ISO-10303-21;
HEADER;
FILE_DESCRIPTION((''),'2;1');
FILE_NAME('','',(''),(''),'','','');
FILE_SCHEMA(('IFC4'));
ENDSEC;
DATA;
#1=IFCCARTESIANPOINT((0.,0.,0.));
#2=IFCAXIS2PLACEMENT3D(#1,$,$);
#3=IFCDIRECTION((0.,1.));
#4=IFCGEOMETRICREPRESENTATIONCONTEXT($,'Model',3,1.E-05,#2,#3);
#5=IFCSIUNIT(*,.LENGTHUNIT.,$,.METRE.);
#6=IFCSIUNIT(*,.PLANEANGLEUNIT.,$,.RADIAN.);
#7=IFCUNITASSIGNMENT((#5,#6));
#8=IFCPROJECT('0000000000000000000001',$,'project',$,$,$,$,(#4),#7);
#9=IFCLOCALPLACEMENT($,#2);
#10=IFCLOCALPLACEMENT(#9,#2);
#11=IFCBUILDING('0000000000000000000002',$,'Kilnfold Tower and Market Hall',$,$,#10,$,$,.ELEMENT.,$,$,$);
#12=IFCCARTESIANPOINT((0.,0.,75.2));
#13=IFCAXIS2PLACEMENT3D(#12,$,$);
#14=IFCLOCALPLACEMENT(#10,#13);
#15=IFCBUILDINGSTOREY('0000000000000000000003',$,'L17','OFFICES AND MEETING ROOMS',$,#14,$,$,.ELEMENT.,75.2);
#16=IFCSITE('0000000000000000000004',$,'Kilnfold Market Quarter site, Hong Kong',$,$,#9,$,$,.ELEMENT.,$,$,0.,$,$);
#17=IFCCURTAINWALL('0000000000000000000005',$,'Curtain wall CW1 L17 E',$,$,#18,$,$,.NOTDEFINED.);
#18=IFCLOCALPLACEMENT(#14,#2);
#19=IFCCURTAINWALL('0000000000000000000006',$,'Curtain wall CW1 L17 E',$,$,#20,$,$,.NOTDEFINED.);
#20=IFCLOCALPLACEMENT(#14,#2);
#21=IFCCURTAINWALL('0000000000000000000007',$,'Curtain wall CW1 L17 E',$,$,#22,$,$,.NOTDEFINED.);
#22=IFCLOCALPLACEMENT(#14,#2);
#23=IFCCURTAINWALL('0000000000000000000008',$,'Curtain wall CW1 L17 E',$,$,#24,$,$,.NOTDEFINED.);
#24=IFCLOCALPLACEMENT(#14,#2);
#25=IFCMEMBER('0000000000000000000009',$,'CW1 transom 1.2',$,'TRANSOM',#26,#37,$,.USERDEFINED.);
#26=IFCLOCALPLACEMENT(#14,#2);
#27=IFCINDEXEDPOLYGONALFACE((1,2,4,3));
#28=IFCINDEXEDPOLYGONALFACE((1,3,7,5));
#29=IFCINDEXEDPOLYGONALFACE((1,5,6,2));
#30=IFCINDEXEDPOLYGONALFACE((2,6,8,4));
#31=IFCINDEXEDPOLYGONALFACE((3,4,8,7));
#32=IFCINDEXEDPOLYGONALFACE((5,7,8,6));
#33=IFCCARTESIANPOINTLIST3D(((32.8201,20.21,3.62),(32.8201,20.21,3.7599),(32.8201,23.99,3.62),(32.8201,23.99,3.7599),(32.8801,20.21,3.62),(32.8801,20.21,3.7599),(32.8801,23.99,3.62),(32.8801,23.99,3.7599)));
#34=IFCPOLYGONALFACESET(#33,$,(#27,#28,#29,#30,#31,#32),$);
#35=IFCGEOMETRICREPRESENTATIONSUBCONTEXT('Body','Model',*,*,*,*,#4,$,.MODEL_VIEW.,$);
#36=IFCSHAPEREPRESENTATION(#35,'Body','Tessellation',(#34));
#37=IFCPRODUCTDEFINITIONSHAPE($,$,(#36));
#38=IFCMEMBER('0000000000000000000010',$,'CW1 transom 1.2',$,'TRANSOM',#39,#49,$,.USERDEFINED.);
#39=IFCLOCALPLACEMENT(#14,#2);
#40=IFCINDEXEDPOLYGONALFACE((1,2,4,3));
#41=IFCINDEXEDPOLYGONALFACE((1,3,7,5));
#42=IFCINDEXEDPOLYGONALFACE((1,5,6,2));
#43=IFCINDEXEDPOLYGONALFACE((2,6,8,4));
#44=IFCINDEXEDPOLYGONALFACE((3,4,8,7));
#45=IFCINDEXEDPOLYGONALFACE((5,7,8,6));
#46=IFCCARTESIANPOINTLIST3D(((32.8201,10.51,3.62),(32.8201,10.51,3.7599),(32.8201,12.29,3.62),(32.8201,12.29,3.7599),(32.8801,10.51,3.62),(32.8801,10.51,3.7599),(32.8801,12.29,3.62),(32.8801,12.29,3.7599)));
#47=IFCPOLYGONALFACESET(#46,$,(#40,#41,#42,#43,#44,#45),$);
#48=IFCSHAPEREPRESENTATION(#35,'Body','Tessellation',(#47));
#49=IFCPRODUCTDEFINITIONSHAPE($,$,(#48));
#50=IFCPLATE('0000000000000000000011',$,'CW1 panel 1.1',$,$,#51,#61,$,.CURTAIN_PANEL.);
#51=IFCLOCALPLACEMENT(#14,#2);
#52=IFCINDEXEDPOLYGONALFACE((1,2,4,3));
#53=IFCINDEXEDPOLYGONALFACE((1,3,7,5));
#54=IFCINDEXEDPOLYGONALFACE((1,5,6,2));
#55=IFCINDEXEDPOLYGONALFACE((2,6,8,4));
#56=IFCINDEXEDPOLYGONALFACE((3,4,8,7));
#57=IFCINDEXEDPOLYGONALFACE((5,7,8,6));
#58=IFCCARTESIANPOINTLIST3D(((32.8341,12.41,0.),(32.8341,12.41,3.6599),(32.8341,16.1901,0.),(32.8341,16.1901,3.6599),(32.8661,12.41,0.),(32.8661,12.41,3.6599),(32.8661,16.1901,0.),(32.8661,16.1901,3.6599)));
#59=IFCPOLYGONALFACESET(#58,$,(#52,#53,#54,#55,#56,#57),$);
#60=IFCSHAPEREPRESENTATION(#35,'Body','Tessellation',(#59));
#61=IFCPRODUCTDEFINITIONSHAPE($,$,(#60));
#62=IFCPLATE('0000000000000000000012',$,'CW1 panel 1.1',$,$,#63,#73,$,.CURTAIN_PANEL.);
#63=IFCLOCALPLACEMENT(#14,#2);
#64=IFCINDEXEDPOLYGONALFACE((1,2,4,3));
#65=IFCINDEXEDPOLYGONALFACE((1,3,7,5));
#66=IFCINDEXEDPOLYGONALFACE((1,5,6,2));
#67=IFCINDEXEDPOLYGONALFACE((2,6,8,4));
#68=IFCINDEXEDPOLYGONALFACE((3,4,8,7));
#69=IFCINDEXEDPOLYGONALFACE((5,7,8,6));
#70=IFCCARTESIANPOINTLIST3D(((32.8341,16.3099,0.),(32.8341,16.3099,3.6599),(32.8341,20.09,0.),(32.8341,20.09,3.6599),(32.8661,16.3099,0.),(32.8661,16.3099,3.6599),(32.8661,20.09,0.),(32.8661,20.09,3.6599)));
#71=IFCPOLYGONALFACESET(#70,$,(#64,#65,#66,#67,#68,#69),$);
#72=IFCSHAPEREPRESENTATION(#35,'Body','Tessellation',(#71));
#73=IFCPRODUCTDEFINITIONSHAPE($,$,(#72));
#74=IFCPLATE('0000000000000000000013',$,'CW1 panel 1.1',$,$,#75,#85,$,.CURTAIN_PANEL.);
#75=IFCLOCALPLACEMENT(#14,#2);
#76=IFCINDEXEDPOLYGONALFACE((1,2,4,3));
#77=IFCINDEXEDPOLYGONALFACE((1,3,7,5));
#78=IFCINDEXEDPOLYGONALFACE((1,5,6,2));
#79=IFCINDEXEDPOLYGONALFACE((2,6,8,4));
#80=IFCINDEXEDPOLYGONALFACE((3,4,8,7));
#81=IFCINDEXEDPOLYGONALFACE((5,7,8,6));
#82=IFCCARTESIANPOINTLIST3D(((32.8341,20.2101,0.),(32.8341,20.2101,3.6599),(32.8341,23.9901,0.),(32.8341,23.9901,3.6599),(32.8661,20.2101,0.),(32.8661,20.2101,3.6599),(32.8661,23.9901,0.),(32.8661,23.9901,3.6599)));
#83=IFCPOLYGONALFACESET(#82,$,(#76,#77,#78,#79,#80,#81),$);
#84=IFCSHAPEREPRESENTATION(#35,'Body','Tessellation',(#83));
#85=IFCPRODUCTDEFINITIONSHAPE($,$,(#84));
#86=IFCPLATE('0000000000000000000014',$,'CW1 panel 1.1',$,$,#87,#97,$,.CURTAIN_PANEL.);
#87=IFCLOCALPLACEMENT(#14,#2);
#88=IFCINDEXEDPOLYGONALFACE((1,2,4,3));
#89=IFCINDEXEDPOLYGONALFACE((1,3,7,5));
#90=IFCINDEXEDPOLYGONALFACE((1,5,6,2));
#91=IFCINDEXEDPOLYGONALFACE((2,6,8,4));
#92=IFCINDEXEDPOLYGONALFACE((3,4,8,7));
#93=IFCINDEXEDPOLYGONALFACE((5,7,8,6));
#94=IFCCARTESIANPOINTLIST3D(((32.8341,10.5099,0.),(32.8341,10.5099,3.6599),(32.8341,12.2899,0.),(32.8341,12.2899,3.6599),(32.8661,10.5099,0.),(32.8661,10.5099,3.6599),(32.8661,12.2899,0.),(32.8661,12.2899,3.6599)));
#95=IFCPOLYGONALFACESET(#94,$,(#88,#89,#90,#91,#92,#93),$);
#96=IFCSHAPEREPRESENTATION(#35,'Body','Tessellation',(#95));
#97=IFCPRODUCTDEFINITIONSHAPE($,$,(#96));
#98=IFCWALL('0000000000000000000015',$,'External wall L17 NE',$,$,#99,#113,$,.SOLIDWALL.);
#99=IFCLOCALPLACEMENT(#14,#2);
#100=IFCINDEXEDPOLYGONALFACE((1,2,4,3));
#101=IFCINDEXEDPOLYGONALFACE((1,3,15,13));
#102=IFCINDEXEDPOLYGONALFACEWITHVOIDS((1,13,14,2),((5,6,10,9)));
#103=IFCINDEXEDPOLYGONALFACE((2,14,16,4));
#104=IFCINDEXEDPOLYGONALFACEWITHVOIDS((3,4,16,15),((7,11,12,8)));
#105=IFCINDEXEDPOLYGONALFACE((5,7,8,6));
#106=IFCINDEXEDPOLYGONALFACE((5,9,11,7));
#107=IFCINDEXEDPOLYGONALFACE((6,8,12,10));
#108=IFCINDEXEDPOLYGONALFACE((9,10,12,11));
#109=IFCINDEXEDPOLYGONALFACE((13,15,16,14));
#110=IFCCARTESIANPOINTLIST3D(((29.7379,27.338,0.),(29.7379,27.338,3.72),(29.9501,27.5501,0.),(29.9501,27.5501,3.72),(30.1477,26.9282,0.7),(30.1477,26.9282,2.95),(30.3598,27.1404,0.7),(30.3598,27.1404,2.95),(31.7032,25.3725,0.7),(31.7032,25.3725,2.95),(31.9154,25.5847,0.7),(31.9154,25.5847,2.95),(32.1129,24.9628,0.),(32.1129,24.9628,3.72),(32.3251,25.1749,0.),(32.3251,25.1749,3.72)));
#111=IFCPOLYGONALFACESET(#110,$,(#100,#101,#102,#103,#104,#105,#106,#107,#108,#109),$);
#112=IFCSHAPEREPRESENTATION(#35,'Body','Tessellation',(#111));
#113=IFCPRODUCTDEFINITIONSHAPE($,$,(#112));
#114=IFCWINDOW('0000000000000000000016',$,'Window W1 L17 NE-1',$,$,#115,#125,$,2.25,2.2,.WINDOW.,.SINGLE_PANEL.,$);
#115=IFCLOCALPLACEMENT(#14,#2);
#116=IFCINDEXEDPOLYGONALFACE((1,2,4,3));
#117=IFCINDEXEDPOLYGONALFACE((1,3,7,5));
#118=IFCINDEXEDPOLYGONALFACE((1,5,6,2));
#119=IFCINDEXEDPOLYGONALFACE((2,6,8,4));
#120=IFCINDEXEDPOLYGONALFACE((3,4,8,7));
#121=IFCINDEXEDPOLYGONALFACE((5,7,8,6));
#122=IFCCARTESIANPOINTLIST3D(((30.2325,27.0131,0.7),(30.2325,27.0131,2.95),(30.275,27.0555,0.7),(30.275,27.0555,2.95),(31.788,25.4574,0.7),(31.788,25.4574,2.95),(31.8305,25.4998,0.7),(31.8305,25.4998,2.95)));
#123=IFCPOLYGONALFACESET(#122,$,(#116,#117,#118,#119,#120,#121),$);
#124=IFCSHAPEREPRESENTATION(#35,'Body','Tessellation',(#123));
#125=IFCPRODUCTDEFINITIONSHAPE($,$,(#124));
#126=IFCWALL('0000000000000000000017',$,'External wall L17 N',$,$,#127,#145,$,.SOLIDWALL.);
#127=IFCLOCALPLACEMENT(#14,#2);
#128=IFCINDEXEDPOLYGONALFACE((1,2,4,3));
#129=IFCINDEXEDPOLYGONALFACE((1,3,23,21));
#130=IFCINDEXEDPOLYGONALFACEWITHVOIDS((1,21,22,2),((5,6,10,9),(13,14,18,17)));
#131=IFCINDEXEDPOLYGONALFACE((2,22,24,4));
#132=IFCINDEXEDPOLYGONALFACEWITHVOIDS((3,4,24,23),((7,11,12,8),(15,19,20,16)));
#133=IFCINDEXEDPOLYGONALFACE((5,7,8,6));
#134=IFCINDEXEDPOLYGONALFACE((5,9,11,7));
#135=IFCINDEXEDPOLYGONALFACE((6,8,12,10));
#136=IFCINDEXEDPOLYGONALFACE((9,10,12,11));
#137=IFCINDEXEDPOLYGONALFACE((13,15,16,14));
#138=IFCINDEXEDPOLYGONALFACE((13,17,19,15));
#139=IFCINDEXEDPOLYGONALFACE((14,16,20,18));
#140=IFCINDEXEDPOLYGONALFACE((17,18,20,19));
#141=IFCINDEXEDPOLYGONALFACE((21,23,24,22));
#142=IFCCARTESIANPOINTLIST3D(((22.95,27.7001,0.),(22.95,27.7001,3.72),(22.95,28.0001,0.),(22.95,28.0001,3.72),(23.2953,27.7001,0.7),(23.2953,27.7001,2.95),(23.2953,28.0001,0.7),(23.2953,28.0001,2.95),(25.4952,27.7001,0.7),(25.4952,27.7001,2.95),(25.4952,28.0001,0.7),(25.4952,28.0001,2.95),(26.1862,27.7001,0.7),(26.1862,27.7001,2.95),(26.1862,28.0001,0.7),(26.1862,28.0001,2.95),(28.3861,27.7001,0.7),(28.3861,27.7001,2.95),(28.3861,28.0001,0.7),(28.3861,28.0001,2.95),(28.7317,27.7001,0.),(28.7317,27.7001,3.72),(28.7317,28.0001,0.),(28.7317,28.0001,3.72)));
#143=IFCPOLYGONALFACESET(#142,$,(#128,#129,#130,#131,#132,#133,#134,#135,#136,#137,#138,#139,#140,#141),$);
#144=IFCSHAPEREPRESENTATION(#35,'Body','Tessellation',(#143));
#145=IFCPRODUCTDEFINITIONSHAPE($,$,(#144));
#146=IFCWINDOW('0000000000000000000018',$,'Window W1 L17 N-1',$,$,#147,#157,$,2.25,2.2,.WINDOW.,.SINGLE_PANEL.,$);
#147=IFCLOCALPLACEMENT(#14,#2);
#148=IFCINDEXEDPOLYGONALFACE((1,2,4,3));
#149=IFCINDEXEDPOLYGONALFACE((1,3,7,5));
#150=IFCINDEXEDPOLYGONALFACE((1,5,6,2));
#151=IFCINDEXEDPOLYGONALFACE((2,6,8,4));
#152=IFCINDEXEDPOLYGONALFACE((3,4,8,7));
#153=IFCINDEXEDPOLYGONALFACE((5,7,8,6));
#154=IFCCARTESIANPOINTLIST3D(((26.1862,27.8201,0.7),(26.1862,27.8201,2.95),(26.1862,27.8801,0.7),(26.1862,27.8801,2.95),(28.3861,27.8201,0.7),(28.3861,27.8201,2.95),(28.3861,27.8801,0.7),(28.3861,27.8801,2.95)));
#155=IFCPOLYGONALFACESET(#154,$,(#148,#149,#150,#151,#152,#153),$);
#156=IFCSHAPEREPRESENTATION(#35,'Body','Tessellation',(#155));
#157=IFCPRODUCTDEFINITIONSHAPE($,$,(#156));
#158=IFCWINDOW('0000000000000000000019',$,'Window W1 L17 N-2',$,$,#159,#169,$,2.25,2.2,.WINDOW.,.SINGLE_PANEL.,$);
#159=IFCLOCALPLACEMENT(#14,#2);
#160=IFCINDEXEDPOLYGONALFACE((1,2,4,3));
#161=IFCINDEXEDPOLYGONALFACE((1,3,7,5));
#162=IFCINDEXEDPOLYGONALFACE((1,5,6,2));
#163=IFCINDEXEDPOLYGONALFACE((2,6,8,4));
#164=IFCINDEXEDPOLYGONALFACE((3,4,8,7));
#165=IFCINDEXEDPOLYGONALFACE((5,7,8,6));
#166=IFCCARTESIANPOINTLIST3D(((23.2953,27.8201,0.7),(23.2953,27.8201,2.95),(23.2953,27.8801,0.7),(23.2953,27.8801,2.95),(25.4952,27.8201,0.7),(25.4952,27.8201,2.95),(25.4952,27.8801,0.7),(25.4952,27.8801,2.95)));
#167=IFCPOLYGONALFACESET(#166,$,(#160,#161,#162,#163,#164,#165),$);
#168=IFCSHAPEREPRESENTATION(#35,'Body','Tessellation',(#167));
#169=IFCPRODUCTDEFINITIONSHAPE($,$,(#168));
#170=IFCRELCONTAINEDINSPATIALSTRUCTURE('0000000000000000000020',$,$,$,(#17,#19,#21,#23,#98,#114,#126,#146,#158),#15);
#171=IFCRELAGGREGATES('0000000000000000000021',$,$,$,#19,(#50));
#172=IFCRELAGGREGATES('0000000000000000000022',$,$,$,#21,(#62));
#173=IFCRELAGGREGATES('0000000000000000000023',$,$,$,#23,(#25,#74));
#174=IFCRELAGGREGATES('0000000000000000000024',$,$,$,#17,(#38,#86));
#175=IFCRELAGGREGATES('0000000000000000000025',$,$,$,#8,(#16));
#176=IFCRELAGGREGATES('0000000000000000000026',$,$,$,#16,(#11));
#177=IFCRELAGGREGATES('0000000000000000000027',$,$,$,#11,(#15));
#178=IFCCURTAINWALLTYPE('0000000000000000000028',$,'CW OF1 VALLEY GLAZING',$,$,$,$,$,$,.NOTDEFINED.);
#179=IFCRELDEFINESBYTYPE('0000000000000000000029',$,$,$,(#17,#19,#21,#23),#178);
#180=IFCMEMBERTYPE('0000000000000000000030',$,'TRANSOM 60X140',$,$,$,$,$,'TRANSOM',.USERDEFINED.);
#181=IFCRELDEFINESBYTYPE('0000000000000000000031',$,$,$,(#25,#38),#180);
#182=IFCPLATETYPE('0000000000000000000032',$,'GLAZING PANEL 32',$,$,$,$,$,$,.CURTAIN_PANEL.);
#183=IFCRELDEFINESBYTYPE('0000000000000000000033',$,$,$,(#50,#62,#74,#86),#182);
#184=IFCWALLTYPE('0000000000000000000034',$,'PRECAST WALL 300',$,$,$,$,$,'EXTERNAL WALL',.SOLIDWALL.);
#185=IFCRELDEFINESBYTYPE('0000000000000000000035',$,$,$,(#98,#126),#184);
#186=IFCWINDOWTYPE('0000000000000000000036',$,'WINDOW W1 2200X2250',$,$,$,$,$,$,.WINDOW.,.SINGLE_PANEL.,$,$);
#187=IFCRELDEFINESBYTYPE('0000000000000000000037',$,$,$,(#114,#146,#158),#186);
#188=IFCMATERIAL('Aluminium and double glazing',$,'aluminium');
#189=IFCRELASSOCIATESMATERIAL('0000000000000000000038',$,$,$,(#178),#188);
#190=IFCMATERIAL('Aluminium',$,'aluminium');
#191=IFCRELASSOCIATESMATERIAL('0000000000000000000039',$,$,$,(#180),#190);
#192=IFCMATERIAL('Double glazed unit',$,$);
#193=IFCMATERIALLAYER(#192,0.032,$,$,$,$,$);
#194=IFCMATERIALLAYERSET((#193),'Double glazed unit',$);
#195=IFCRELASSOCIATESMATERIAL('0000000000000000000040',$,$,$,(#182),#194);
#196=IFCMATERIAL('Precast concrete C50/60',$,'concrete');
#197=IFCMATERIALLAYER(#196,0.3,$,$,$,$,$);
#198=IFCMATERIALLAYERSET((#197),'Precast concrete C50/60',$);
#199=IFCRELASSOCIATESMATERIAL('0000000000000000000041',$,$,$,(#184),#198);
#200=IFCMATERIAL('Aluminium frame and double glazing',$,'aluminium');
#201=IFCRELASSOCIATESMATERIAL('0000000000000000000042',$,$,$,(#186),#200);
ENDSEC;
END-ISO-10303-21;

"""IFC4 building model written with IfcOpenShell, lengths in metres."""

from ifc_helpers import new_model, si_unit, direction, frame, frame_2d, origin, origin_2d, place, context, subcontext, project, spatial, rectangle, extrude, source, transform, mapped, material, layer, layer_set, material_profile, profile_set, type_object, element, fill, aggregate, save


model = new_model("IFC4")

# Units and contexts
model_context = context("Model", 3, precision=1e-05, world=origin(), true_north=direction((0.0, 1.0)))
body_context = subcontext(model_context, "Body", "Model", "MODEL_VIEW")
ifc_project = project(units=[si_unit("LENGTHUNIT", "METRE"), si_unit("PLANEANGLEUNIT", "RADIAN")], contexts=[model_context])

# Site, building, storey
site_placement = place(None, origin())
site = spatial("IfcSite", under=ifc_project, at=site_placement, Name="Kilnfold Market Quarter site, Hong Kong", CompositionType="ELEMENT", RefElevation=0.0)
building_placement = place(site_placement, origin())
building = spatial("IfcBuilding", under=site, at=building_placement, Name="Kilnfold Tower and Market Hall", CompositionType="ELEMENT")
storey_placement = place(building_placement, frame((0.0, 0.0, 75.2)))
storey = spatial("IfcBuildingStorey", under=building, at=storey_placement, Name="L17", Description="OFFICES AND MEETING ROOMS", CompositionType="ELEMENT", Elevation=75.2)

# Curtain walls
ifc_material_1 = material(Name="Aluminium and double glazing", Category="aluminium")
curtain_wall_type = type_object("IfcCurtainWallType", Name="CW OF1 VALLEY GLAZING", PredefinedType="NOTDEFINED", material=ifc_material_1)
curtain_wall_1_placement = place(storey_placement, origin())
curtain_wall_1 = element("IfcCurtainWall", 1, at=curtain_wall_1_placement, inside=storey, type_object=curtain_wall_type, Name="Curtain wall CW1 L17 E", PredefinedType="NOTDEFINED")
curtain_wall_2_placement = place(storey_placement, origin())
curtain_wall_2 = element("IfcCurtainWall", 2, at=curtain_wall_2_placement, inside=storey, type_object=curtain_wall_type, Name="Curtain wall CW1 L17 E", PredefinedType="NOTDEFINED")
curtain_wall_3_placement = place(storey_placement, origin())
curtain_wall_3 = element("IfcCurtainWall", 3, at=curtain_wall_3_placement, inside=storey, type_object=curtain_wall_type, Name="Curtain wall CW1 L17 E", PredefinedType="NOTDEFINED")
curtain_wall_4_placement = place(storey_placement, origin())
curtain_wall_4 = element("IfcCurtainWall", 4, at=curtain_wall_4_placement, inside=storey, type_object=curtain_wall_type, Name="Curtain wall CW1 L17 E", PredefinedType="NOTDEFINED")

# Members
ifc_material_2 = material(Name="Aluminium", Category="aluminium")
ifc_material_profile_1 = material_profile(ifc_material_2, rectangle(XDim=0.0601, YDim=0.1399, at=origin_2d()), Name="TRANSOM 60x140")
ifc_profile_set_1 = profile_set([ifc_material_profile_1], Name="Aluminium")
member_type_1 = type_object("IfcMemberType", Name="TRANSOM 60X140", ElementType="TRANSOM", PredefinedType="USERDEFINED", material=ifc_profile_set_1)
shared_shape_1 = source(origin(), body_context, "Body", "SweptSolid", [
    extrude(rectangle(XDim=0.0601, YDim=0.1399, at=origin_2d()), origin(), (0.0, 0.0, 1.0), 3.78),
])
member_1_placement = place(storey_placement, frame((32.8501, 20.21, 3.6899), z_axis=(0.0, 1.0, 0.0), x_axis=(-1.0, 0.0, 0.0)))
member_1 = element("IfcMember", 5, at=member_1_placement, type_object=member_type_1, Name="CW1 transom 1.2", ObjectType="TRANSOM", PredefinedType="USERDEFINED", context=body_context, shape_type="MappedRepresentation", body=[
    mapped(shared_shape_1, transform((0.0, 0.0, 0.0))),
])
shared_shape_2 = source(origin(), body_context, "Body", "SweptSolid", [
    extrude(rectangle(XDim=0.0601, YDim=0.1399, at=origin_2d()), origin(), (0.0, 0.0, 1.0), 1.78),
])
member_2_placement = place(storey_placement, frame((32.8501, 10.51, 3.6899), z_axis=(0.0, 1.0, 0.0), x_axis=(-1.0, 0.0, 0.0)))
member_2 = element("IfcMember", 6, at=member_2_placement, type_object=member_type_1, Name="CW1 transom 1.2", ObjectType="TRANSOM", PredefinedType="USERDEFINED", context=body_context, shape_type="MappedRepresentation", body=[
    mapped(shared_shape_2, transform((0.0, 0.0, 0.0))),
])

# Plates
ifc_material_3 = material(Name="Double glazed unit")
ifc_layer_1 = layer(ifc_material_3, 0.032)
ifc_layer_set_1 = layer_set([ifc_layer_1], Name="Double glazed unit")
plate_type = type_object("IfcPlateType", Name="GLAZING PANEL 32", PredefinedType="CURTAIN_PANEL", material=ifc_layer_set_1)
shared_shape_3 = source(origin(), body_context, "Body", "SweptSolid", [
    extrude(rectangle(XDim=3.78, YDim=0.032, at=origin_2d()), origin(), (0.0, 0.0, 1.0), 3.6599),
])
plate_1_placement = place(storey_placement, frame((32.8501, 14.3, 0.0), z_axis=(0.0, 0.0, 1.0), x_axis=(0.0, 1.0, 0.0)))
plate_1 = element("IfcPlate", 7, at=plate_1_placement, type_object=plate_type, Name="CW1 panel 1.1", PredefinedType="CURTAIN_PANEL", context=body_context, shape_type="MappedRepresentation", body=[
    mapped(shared_shape_3, transform((0.0, 0.0, 0.0))),
])
aggregate(curtain_wall_2, [plate_1])
plate_2_placement = place(storey_placement, frame((32.8501, 18.2, 0.0), z_axis=(0.0, 0.0, 1.0), x_axis=(0.0, 1.0, 0.0)))
plate_2 = element("IfcPlate", 8, at=plate_2_placement, type_object=plate_type, Name="CW1 panel 1.1", PredefinedType="CURTAIN_PANEL", context=body_context, shape_type="MappedRepresentation", body=[
    mapped(shared_shape_3, transform((0.0, 0.0, 0.0))),
])
aggregate(curtain_wall_3, [plate_2])
plate_3_placement = place(storey_placement, frame((32.8501, 22.1001, 0.0), z_axis=(0.0, 0.0, 1.0), x_axis=(0.0, 1.0, 0.0)))
plate_3 = element("IfcPlate", 9, at=plate_3_placement, type_object=plate_type, Name="CW1 panel 1.1", PredefinedType="CURTAIN_PANEL", context=body_context, shape_type="MappedRepresentation", body=[
    mapped(shared_shape_3, transform((0.0, 0.0, 0.0))),
])
aggregate(curtain_wall_4, [member_1, plate_3])
shared_shape_4 = source(origin(), body_context, "Body", "SweptSolid", [
    extrude(rectangle(XDim=1.78, YDim=0.032, at=origin_2d()), origin(), (0.0, 0.0, 1.0), 3.6599),
])
plate_4_placement = place(storey_placement, frame((32.8501, 11.3999, 0.0), z_axis=(0.0, 0.0, 1.0), x_axis=(0.0, 1.0, 0.0)))
plate_4 = element("IfcPlate", 10, at=plate_4_placement, type_object=plate_type, Name="CW1 panel 1.1", PredefinedType="CURTAIN_PANEL", context=body_context, shape_type="MappedRepresentation", body=[
    mapped(shared_shape_4, transform((0.0, 0.0, 0.0))),
])
aggregate(curtain_wall_1, [member_2, plate_4])

# Wall, opening, window
ifc_material_4 = material(Name="Precast concrete C50/60", Category="concrete")
ifc_layer_2 = layer(ifc_material_4, 0.3)
ifc_layer_set_2 = layer_set([ifc_layer_2], Name="Precast concrete C50/60")
wall_type = type_object("IfcWallType", Name="PRECAST WALL 300", ElementType="EXTERNAL WALL", PredefinedType="SOLIDWALL", material=ifc_layer_set_2)
shared_shape_5 = source(origin(), body_context, "Body", "SweptSolid", [
    extrude(rectangle(XDim=3.3589, YDim=0.3, at=frame_2d((1.6794, 0.0))), origin(), (0.0, 0.0, 1.0), 3.72),
])
wall_1_placement = place(storey_placement, frame((32.219, 25.0688, 0.0), z_axis=(0.0, 0.0, 1.0), x_axis=(-0.70707, 0.707143, 0.0)))
wall_1 = element("IfcWall", 11, at=wall_1_placement, inside=storey, type_object=wall_type, Name="External wall L17 NE", PredefinedType="SOLIDWALL", context=body_context, shape_type="MappedRepresentation", body=[
    mapped(shared_shape_5, transform((0.0, 0.0, 0.0))),
])
opening_1_placement = place(wall_1_placement, frame((0.5793, 0.0, 0.7)))
opening_1 = element("IfcOpeningElement", 12, at=opening_1_placement, cuts=wall_1, PredefinedType="OPENING", context=body_context, shape_type="SweptSolid", body=[
    extrude(rectangle(XDim=2.2, YDim=2.25, at=frame_2d((1.1001, 1.125))), frame((0.0, 0.1602, 0.0), z_axis=(0.0, -1.0, 0.0), x_axis=(1.0, 0.0, 0.0)), (0.0, 0.0, 1.0), 0.3201),
])
ifc_material_5 = material(Name="Aluminium frame and double glazing", Category="aluminium")
window_type = type_object("IfcWindowType", Name="WINDOW W1 2200X2250", PartitioningType="SINGLE_PANEL", PredefinedType="WINDOW", material=ifc_material_5)
window_1_placement = place(opening_1_placement, origin())
window_1 = element("IfcWindow", 13, at=window_1_placement, inside=storey, type_object=window_type, Name="Window W1 L17 NE-1", OverallHeight=2.25, OverallWidth=2.2, PartitioningType="SINGLE_PANEL", PredefinedType="WINDOW", context=body_context, shape_type="SweptSolid", body=[
    extrude(rectangle(XDim=2.2, YDim=2.25, at=frame_2d((1.1001, 1.125))), frame((0.0, 0.03, 0.0), z_axis=(0.0, -1.0, 0.0), x_axis=(1.0, 0.0, 0.0)), (0.0, 0.0, 1.0), 0.0601),
])
fill(opening_1, window_1)

# Wall, openings, windows
shared_shape_6 = source(origin(), body_context, "Body", "SweptSolid", [
    extrude(rectangle(XDim=5.7817, YDim=0.3, at=frame_2d((2.8909, 0.0))), origin(), (0.0, 0.0, 1.0), 3.72),
])
wall_2_placement = place(storey_placement, frame((28.7317, 27.8501, 0.0), z_axis=(0.0, 0.0, 1.0), x_axis=(-1.0, 0.0, 0.0)))
wall_2 = element("IfcWall", 14, at=wall_2_placement, inside=storey, type_object=wall_type, Name="External wall L17 N", PredefinedType="SOLIDWALL", context=body_context, shape_type="MappedRepresentation", body=[
    mapped(shared_shape_6, transform((0.0, 0.0, 0.0))),
])
opening_2_placement = place(wall_2_placement, frame((0.3455, 0.0, 0.7)))
opening_2 = element("IfcOpeningElement", 15, at=opening_2_placement, cuts=wall_2, PredefinedType="OPENING", context=body_context, shape_type="SweptSolid", body=[
    extrude(rectangle(XDim=2.2, YDim=2.25, at=frame_2d((1.1001, 1.125))), frame((0.0, 0.1602, 0.0), z_axis=(0.0, -1.0, 0.0), x_axis=(1.0, 0.0, 0.0)), (0.0, 0.0, 1.0), 0.3201),
])
opening_3_placement = place(wall_2_placement, frame((3.2363, 0.0, 0.7)))
opening_3 = element("IfcOpeningElement", 16, at=opening_3_placement, cuts=wall_2, PredefinedType="OPENING", context=body_context, shape_type="SweptSolid", body=[
    extrude(rectangle(XDim=2.2, YDim=2.25, at=frame_2d((1.1001, 1.125))), frame((0.0, 0.1602, 0.0), z_axis=(0.0, -1.0, 0.0), x_axis=(1.0, 0.0, 0.0)), (0.0, 0.0, 1.0), 0.3201),
])
window_2_placement = place(opening_2_placement, origin())
window_2 = element("IfcWindow", 17, at=window_2_placement, inside=storey, type_object=window_type, Name="Window W1 L17 N-1", OverallHeight=2.25, OverallWidth=2.2, PartitioningType="SINGLE_PANEL", PredefinedType="WINDOW", context=body_context, shape_type="SweptSolid", body=[
    extrude(rectangle(XDim=2.2, YDim=2.25, at=frame_2d((1.1001, 1.125))), frame((0.0, 0.03, 0.0), z_axis=(0.0, -1.0, 0.0), x_axis=(1.0, 0.0, 0.0)), (0.0, 0.0, 1.0), 0.0601),
])
fill(opening_2, window_2)
window_3_placement = place(opening_3_placement, origin())
window_3 = element("IfcWindow", 18, at=window_3_placement, inside=storey, type_object=window_type, Name="Window W1 L17 N-2", OverallHeight=2.25, OverallWidth=2.2, PartitioningType="SINGLE_PANEL", PredefinedType="WINDOW", context=body_context, shape_type="SweptSolid", body=[
    extrude(rectangle(XDim=2.2, YDim=2.25, at=frame_2d((1.1001, 1.125))), frame((0.0, 0.03, 0.0), z_axis=(0.0, -1.0, 0.0), x_axis=(1.0, 0.0, 0.0)), (0.0, 0.0, 1.0), 0.0601),
])
fill(opening_3, window_3)

save(model, "model.ifc")
